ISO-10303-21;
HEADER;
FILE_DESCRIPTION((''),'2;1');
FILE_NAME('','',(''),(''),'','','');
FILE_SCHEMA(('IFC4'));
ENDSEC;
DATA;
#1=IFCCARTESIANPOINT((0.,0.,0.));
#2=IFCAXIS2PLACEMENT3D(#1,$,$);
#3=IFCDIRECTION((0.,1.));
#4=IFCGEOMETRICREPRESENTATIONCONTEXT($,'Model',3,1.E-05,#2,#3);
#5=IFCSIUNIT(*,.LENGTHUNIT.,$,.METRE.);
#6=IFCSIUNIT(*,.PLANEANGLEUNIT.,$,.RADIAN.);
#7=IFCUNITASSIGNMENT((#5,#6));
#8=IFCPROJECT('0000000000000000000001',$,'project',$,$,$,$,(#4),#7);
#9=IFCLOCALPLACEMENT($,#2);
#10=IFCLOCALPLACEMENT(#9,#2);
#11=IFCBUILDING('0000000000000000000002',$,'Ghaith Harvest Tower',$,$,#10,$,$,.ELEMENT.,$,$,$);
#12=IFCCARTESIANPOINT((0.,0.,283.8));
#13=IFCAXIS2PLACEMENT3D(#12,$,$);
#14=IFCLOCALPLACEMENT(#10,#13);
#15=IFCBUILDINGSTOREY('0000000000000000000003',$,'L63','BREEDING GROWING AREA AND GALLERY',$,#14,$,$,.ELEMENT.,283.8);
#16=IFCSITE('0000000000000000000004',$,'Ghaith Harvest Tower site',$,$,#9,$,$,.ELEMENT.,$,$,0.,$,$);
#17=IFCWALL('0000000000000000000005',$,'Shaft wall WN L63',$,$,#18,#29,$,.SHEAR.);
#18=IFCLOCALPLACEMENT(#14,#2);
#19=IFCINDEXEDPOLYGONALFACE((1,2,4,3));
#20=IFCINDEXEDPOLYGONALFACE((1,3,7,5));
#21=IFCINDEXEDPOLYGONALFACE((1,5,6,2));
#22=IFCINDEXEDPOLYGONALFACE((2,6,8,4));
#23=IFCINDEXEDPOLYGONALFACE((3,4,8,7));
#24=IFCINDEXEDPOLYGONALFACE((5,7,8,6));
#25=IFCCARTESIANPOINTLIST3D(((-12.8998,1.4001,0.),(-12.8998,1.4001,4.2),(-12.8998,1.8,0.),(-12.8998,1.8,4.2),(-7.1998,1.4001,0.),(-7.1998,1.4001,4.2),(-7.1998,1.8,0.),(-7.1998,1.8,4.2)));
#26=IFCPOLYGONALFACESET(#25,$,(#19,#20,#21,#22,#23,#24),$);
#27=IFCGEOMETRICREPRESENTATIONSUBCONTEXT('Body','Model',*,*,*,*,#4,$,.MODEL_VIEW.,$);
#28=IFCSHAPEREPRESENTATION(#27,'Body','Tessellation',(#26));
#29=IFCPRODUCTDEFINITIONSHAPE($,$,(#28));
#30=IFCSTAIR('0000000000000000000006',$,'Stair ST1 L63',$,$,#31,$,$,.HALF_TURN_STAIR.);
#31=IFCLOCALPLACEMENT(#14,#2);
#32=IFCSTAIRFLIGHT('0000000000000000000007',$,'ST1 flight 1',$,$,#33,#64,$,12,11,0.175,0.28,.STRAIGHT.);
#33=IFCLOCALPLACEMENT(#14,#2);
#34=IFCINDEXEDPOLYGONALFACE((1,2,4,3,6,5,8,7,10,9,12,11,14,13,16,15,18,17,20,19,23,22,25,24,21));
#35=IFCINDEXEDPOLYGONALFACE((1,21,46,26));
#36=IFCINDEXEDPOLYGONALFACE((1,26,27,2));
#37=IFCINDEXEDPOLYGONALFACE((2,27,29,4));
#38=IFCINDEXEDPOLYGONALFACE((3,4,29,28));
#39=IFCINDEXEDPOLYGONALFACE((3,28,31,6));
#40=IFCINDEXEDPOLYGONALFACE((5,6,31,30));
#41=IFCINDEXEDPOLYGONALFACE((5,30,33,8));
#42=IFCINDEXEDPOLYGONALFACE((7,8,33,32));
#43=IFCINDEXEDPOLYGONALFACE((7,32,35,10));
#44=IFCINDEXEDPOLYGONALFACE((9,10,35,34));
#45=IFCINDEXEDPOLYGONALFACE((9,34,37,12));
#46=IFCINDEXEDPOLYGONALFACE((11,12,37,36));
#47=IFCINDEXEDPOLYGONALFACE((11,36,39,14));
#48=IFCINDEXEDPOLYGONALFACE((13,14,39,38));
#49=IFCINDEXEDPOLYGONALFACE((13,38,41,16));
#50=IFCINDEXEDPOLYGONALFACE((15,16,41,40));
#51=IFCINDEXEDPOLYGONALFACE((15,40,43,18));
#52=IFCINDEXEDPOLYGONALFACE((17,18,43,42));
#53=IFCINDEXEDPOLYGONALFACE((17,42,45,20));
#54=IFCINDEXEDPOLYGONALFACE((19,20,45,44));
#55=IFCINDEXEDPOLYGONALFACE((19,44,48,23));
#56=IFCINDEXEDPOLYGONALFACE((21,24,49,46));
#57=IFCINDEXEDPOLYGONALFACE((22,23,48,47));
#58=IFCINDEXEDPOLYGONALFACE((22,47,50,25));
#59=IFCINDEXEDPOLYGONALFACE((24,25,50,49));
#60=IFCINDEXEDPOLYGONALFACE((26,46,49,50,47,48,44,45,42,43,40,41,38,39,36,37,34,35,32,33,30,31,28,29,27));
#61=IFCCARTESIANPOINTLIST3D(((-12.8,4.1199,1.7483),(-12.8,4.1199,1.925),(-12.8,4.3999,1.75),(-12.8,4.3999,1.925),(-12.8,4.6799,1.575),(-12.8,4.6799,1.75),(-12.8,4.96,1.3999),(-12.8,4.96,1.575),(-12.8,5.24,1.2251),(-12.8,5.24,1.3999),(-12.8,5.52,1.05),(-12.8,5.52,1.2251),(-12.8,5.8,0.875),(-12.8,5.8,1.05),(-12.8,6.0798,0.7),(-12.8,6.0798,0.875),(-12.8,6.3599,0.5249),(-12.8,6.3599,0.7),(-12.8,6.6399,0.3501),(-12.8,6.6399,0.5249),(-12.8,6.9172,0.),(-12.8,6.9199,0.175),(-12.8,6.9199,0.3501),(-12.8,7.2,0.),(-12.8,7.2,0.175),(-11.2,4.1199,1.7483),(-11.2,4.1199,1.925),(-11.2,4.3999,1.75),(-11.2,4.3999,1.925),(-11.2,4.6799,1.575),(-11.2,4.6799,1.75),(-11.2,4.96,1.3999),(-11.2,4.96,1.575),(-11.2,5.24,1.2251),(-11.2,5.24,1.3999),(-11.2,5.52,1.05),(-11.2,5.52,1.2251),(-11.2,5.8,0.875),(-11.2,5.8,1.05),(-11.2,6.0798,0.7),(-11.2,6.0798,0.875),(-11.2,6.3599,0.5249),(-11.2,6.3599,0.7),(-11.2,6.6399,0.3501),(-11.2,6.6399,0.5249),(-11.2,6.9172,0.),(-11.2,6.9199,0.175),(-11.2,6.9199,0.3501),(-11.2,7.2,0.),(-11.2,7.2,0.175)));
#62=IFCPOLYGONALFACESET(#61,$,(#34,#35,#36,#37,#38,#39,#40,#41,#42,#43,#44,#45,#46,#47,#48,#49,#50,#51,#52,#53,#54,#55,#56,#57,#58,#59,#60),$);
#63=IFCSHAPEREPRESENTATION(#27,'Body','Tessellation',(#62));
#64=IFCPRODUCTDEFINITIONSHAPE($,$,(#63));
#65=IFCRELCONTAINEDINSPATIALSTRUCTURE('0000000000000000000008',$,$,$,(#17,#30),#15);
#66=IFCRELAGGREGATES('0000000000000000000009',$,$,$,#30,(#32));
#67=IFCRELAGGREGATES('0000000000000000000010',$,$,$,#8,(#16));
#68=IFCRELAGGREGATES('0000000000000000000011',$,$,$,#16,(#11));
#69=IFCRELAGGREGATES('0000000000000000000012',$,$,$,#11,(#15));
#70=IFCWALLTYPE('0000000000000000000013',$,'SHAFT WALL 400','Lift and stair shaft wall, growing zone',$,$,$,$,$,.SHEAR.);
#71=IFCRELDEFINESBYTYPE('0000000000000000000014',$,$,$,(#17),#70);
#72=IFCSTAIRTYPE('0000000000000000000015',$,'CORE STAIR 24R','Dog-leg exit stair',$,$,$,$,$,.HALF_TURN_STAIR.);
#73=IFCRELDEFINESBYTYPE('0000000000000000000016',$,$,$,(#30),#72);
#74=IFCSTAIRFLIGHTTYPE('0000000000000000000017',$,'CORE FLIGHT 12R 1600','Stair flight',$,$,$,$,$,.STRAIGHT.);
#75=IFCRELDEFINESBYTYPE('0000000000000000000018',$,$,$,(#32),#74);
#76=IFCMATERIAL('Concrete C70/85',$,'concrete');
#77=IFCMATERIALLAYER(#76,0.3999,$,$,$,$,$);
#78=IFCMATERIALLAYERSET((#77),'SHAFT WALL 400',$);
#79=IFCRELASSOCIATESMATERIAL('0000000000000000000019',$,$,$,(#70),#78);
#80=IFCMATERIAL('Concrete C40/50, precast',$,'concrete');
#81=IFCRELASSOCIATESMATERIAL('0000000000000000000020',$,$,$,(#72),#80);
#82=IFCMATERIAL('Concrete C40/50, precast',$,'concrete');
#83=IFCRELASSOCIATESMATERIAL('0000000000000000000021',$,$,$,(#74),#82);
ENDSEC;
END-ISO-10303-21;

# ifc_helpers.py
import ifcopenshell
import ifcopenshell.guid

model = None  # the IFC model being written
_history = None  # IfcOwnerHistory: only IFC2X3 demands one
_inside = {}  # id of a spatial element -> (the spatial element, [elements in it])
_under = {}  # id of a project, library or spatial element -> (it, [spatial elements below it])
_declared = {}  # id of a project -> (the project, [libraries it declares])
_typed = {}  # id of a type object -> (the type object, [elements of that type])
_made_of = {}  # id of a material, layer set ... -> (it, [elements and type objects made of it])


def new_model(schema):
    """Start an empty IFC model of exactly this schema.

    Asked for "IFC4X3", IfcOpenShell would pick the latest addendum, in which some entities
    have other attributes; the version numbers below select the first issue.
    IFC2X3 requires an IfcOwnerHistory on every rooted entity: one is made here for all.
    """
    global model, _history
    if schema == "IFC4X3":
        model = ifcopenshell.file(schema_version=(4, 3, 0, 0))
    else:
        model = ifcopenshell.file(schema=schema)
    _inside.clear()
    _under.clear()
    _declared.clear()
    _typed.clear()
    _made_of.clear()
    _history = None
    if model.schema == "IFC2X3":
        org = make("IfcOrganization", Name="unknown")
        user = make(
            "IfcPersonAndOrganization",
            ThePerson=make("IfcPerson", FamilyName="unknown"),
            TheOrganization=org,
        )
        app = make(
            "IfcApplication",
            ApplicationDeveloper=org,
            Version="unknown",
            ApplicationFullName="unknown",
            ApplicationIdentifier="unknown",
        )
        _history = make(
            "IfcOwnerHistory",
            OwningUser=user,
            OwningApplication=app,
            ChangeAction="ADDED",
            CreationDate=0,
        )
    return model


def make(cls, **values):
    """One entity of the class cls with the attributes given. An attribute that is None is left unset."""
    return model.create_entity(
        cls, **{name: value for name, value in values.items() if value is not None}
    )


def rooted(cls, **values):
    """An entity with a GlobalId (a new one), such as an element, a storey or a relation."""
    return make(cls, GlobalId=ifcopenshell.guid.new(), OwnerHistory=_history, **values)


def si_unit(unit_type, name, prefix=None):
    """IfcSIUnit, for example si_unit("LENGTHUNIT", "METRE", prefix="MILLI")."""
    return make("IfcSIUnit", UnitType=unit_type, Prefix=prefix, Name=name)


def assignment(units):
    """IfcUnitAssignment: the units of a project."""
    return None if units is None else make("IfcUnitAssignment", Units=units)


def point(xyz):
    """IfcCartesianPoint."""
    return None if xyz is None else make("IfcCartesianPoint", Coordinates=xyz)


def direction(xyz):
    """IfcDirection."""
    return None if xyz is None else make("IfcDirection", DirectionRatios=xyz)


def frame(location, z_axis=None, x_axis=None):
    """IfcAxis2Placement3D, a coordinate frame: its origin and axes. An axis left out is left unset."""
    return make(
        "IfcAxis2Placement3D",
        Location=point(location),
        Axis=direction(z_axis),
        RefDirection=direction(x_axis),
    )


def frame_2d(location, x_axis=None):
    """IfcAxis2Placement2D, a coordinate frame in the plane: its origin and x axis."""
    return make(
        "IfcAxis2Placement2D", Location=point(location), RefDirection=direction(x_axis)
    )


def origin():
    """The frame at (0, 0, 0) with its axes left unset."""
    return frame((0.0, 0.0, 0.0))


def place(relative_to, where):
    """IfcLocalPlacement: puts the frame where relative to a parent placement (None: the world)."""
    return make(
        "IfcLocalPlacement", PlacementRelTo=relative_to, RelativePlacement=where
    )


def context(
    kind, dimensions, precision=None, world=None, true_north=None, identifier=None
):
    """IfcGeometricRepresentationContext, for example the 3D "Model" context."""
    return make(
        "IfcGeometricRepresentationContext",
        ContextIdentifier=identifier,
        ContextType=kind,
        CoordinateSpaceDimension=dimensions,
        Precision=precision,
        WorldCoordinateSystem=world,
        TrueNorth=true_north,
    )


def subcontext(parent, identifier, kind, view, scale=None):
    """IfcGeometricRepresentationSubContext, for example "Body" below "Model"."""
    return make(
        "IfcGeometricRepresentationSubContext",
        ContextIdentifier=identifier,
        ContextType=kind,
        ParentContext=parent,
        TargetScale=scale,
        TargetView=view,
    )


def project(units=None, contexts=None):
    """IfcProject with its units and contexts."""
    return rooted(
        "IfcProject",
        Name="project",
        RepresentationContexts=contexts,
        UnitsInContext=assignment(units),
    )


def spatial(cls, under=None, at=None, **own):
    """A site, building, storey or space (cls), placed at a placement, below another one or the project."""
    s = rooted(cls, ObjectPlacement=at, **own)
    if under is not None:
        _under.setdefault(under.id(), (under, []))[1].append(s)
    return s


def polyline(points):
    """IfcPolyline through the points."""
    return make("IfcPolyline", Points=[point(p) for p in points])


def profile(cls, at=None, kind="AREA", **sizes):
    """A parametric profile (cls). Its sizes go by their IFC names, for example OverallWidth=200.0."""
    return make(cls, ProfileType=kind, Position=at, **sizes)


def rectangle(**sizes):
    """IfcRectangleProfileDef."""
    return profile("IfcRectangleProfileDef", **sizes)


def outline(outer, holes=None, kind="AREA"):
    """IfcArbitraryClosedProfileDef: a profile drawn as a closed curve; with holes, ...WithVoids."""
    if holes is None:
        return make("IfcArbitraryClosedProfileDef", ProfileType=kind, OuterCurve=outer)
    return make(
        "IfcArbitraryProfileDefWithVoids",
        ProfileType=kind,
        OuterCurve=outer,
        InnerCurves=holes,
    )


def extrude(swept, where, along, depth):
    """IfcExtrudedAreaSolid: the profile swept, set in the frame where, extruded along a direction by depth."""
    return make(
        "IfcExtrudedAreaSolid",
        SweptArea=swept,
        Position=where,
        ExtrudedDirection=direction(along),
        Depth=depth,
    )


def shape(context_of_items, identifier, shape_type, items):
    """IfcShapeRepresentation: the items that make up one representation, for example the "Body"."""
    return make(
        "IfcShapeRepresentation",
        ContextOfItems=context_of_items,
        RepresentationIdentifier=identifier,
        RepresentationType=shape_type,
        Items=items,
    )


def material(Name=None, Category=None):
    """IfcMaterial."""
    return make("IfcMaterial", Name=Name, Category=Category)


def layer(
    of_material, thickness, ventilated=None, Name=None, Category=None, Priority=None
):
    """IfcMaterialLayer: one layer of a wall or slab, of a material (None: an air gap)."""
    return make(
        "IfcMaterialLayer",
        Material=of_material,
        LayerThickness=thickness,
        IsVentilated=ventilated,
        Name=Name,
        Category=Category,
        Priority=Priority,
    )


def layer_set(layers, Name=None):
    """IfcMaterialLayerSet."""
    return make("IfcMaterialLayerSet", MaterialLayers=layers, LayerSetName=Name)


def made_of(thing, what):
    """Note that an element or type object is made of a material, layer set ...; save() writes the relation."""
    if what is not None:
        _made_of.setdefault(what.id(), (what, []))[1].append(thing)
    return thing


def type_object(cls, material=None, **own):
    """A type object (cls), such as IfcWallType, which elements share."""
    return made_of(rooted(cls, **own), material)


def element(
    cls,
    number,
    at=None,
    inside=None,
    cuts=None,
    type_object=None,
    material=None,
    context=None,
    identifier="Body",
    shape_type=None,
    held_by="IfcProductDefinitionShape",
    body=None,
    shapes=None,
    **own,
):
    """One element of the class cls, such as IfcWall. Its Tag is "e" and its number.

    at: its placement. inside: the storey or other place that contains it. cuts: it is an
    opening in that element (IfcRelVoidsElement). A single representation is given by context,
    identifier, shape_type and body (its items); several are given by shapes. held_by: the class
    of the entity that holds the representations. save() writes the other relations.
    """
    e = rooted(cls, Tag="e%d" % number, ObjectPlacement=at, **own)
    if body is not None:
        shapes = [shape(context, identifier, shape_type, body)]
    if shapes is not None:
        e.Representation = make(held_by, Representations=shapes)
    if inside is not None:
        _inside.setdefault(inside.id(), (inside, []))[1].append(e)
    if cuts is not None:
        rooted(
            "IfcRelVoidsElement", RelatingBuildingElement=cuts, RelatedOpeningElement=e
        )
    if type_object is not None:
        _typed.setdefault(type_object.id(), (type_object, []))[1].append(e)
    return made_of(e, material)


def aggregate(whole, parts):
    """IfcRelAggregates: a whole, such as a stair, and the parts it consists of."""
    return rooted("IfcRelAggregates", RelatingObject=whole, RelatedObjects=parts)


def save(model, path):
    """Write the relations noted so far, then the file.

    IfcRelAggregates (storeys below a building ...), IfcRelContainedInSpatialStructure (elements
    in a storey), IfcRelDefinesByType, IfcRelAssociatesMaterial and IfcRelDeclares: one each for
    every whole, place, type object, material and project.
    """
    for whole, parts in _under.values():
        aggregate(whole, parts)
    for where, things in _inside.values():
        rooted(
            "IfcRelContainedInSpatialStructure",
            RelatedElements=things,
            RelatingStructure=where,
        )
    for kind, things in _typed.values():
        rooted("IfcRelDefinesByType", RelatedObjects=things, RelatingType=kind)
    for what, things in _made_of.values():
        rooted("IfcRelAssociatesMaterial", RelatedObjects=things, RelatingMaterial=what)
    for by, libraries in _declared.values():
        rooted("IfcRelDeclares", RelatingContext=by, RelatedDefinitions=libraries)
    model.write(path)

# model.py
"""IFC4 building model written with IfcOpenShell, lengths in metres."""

from ifc_helpers import new_model, si_unit, direction, frame, frame_2d, origin, place, context, subcontext, project, spatial, polyline, rectangle, outline, extrude, material, layer, layer_set, type_object, element, aggregate, save


model = new_model("IFC4")

# Units and contexts
model_context = context("Model", 3, precision=1e-05, world=origin(), true_north=direction((0.0, 1.0)))
body_context = subcontext(model_context, "Body", "Model", "MODEL_VIEW")
ifc_project = project(units=[si_unit("LENGTHUNIT", "METRE"), si_unit("PLANEANGLEUNIT", "RADIAN")], contexts=[model_context])

# Site, building, storey
site_placement = place(None, origin())
site = spatial("IfcSite", under=ifc_project, at=site_placement, Name="Ghaith Harvest Tower site", CompositionType="ELEMENT", RefElevation=0.0)
building_placement = place(site_placement, origin())
building = spatial("IfcBuilding", under=site, at=building_placement, Name="Ghaith Harvest Tower", CompositionType="ELEMENT")
storey_placement = place(building_placement, frame((0.0, 0.0, 283.8)))
storey = spatial("IfcBuildingStorey", under=building, at=storey_placement, Name="L63", Description="BREEDING GROWING AREA AND GALLERY", CompositionType="ELEMENT", Elevation=283.8)

# Wall
ifc_material_1 = material(Name="Concrete C70/85", Category="concrete")
ifc_layer_1 = layer(ifc_material_1, 0.3999)
ifc_layer_set_1 = layer_set([ifc_layer_1], Name="SHAFT WALL 400")
wall_type_1 = type_object("IfcWallType", Name="SHAFT WALL 400", Description="Lift and stair shaft wall, growing zone", PredefinedType="SHEAR", material=ifc_layer_set_1)
wall_1_placement = place(storey_placement, frame((-12.8999, 1.6001, 0.0), z_axis=(0.0, 0.0, 1.0), x_axis=(1.0, 0.0, 0.0)))
element("IfcWall", 1, at=wall_1_placement, inside=storey, type_object=wall_type_1, Name="Shaft wall WN L63", PredefinedType="SHEAR", context=body_context, shape_type="SweptSolid", body=[
    extrude(rectangle(XDim=5.7, YDim=0.3999, at=frame_2d((2.8501, 0.0))), origin(), (0.0, 0.0, 1.0), 4.2),
])

# Stair, stair flight
ifc_material_2 = material(Name="Concrete C40/50, precast", Category="concrete")
stair_type = type_object("IfcStairType", Name="CORE STAIR 24R", Description="Dog-leg exit stair", PredefinedType="HALF_TURN_STAIR", material=ifc_material_2)
stair_placement = place(storey_placement, origin())
stair = element("IfcStair", 2, at=stair_placement, inside=storey, type_object=stair_type, Name="Stair ST1 L63", PredefinedType="HALF_TURN_STAIR")
ifc_material_3 = material(Name="Concrete C40/50, precast", Category="concrete")
stair_flight_type = type_object("IfcStairFlightType", Name="CORE FLIGHT 12R 1600", Description="Stair flight", PredefinedType="STRAIGHT", material=ifc_material_3)
stair_flight_placement = place(storey_placement, frame((-12.0, 7.2, 0.0), z_axis=(0.0, 0.0, 1.0), x_axis=(0.0, -1.0, 0.0)))
stair_flight = element("IfcStairFlight", 3, at=stair_flight_placement, type_object=stair_flight_type, Name="ST1 flight 1", NumberOfRisers=12, NumberOfTreads=11, PredefinedType="STRAIGHT", RiserHeight=0.175, TreadLength=0.28, context=body_context, shape_type="SweptSolid", body=[
    extrude(outline(polyline([(0.0, 0.0), (0.0, 0.175), (0.28, 0.175), (0.28, 0.3501), (0.5601, 0.3501), (0.5601, 0.5249), (0.8401, 0.5249), (0.8401, 0.7), (1.1201, 0.7), (1.1201, 0.875), (1.3999, 0.875), (1.3999, 1.05), (1.6799, 1.05), (1.6799, 1.2251), (1.96, 1.2251), (1.96, 1.3999), (2.24, 1.3999), (2.24, 1.575), (2.52, 1.575), (2.52, 1.75), (2.8, 1.75), (2.8, 1.925), (3.0801, 1.925), (3.0801, 2.1001), (3.0801, 1.7483), (0.2827, 0.0), (0.0, 0.0)])), frame((0.0, 0.8, 0.0), z_axis=(0.0, -1.0, 0.0), x_axis=(1.0, 0.0, 0.0)), (0.0, 0.0, 1.0), 1.6001),
])
aggregate(stair, [stair_flight])

save(model, "model.ifc")
